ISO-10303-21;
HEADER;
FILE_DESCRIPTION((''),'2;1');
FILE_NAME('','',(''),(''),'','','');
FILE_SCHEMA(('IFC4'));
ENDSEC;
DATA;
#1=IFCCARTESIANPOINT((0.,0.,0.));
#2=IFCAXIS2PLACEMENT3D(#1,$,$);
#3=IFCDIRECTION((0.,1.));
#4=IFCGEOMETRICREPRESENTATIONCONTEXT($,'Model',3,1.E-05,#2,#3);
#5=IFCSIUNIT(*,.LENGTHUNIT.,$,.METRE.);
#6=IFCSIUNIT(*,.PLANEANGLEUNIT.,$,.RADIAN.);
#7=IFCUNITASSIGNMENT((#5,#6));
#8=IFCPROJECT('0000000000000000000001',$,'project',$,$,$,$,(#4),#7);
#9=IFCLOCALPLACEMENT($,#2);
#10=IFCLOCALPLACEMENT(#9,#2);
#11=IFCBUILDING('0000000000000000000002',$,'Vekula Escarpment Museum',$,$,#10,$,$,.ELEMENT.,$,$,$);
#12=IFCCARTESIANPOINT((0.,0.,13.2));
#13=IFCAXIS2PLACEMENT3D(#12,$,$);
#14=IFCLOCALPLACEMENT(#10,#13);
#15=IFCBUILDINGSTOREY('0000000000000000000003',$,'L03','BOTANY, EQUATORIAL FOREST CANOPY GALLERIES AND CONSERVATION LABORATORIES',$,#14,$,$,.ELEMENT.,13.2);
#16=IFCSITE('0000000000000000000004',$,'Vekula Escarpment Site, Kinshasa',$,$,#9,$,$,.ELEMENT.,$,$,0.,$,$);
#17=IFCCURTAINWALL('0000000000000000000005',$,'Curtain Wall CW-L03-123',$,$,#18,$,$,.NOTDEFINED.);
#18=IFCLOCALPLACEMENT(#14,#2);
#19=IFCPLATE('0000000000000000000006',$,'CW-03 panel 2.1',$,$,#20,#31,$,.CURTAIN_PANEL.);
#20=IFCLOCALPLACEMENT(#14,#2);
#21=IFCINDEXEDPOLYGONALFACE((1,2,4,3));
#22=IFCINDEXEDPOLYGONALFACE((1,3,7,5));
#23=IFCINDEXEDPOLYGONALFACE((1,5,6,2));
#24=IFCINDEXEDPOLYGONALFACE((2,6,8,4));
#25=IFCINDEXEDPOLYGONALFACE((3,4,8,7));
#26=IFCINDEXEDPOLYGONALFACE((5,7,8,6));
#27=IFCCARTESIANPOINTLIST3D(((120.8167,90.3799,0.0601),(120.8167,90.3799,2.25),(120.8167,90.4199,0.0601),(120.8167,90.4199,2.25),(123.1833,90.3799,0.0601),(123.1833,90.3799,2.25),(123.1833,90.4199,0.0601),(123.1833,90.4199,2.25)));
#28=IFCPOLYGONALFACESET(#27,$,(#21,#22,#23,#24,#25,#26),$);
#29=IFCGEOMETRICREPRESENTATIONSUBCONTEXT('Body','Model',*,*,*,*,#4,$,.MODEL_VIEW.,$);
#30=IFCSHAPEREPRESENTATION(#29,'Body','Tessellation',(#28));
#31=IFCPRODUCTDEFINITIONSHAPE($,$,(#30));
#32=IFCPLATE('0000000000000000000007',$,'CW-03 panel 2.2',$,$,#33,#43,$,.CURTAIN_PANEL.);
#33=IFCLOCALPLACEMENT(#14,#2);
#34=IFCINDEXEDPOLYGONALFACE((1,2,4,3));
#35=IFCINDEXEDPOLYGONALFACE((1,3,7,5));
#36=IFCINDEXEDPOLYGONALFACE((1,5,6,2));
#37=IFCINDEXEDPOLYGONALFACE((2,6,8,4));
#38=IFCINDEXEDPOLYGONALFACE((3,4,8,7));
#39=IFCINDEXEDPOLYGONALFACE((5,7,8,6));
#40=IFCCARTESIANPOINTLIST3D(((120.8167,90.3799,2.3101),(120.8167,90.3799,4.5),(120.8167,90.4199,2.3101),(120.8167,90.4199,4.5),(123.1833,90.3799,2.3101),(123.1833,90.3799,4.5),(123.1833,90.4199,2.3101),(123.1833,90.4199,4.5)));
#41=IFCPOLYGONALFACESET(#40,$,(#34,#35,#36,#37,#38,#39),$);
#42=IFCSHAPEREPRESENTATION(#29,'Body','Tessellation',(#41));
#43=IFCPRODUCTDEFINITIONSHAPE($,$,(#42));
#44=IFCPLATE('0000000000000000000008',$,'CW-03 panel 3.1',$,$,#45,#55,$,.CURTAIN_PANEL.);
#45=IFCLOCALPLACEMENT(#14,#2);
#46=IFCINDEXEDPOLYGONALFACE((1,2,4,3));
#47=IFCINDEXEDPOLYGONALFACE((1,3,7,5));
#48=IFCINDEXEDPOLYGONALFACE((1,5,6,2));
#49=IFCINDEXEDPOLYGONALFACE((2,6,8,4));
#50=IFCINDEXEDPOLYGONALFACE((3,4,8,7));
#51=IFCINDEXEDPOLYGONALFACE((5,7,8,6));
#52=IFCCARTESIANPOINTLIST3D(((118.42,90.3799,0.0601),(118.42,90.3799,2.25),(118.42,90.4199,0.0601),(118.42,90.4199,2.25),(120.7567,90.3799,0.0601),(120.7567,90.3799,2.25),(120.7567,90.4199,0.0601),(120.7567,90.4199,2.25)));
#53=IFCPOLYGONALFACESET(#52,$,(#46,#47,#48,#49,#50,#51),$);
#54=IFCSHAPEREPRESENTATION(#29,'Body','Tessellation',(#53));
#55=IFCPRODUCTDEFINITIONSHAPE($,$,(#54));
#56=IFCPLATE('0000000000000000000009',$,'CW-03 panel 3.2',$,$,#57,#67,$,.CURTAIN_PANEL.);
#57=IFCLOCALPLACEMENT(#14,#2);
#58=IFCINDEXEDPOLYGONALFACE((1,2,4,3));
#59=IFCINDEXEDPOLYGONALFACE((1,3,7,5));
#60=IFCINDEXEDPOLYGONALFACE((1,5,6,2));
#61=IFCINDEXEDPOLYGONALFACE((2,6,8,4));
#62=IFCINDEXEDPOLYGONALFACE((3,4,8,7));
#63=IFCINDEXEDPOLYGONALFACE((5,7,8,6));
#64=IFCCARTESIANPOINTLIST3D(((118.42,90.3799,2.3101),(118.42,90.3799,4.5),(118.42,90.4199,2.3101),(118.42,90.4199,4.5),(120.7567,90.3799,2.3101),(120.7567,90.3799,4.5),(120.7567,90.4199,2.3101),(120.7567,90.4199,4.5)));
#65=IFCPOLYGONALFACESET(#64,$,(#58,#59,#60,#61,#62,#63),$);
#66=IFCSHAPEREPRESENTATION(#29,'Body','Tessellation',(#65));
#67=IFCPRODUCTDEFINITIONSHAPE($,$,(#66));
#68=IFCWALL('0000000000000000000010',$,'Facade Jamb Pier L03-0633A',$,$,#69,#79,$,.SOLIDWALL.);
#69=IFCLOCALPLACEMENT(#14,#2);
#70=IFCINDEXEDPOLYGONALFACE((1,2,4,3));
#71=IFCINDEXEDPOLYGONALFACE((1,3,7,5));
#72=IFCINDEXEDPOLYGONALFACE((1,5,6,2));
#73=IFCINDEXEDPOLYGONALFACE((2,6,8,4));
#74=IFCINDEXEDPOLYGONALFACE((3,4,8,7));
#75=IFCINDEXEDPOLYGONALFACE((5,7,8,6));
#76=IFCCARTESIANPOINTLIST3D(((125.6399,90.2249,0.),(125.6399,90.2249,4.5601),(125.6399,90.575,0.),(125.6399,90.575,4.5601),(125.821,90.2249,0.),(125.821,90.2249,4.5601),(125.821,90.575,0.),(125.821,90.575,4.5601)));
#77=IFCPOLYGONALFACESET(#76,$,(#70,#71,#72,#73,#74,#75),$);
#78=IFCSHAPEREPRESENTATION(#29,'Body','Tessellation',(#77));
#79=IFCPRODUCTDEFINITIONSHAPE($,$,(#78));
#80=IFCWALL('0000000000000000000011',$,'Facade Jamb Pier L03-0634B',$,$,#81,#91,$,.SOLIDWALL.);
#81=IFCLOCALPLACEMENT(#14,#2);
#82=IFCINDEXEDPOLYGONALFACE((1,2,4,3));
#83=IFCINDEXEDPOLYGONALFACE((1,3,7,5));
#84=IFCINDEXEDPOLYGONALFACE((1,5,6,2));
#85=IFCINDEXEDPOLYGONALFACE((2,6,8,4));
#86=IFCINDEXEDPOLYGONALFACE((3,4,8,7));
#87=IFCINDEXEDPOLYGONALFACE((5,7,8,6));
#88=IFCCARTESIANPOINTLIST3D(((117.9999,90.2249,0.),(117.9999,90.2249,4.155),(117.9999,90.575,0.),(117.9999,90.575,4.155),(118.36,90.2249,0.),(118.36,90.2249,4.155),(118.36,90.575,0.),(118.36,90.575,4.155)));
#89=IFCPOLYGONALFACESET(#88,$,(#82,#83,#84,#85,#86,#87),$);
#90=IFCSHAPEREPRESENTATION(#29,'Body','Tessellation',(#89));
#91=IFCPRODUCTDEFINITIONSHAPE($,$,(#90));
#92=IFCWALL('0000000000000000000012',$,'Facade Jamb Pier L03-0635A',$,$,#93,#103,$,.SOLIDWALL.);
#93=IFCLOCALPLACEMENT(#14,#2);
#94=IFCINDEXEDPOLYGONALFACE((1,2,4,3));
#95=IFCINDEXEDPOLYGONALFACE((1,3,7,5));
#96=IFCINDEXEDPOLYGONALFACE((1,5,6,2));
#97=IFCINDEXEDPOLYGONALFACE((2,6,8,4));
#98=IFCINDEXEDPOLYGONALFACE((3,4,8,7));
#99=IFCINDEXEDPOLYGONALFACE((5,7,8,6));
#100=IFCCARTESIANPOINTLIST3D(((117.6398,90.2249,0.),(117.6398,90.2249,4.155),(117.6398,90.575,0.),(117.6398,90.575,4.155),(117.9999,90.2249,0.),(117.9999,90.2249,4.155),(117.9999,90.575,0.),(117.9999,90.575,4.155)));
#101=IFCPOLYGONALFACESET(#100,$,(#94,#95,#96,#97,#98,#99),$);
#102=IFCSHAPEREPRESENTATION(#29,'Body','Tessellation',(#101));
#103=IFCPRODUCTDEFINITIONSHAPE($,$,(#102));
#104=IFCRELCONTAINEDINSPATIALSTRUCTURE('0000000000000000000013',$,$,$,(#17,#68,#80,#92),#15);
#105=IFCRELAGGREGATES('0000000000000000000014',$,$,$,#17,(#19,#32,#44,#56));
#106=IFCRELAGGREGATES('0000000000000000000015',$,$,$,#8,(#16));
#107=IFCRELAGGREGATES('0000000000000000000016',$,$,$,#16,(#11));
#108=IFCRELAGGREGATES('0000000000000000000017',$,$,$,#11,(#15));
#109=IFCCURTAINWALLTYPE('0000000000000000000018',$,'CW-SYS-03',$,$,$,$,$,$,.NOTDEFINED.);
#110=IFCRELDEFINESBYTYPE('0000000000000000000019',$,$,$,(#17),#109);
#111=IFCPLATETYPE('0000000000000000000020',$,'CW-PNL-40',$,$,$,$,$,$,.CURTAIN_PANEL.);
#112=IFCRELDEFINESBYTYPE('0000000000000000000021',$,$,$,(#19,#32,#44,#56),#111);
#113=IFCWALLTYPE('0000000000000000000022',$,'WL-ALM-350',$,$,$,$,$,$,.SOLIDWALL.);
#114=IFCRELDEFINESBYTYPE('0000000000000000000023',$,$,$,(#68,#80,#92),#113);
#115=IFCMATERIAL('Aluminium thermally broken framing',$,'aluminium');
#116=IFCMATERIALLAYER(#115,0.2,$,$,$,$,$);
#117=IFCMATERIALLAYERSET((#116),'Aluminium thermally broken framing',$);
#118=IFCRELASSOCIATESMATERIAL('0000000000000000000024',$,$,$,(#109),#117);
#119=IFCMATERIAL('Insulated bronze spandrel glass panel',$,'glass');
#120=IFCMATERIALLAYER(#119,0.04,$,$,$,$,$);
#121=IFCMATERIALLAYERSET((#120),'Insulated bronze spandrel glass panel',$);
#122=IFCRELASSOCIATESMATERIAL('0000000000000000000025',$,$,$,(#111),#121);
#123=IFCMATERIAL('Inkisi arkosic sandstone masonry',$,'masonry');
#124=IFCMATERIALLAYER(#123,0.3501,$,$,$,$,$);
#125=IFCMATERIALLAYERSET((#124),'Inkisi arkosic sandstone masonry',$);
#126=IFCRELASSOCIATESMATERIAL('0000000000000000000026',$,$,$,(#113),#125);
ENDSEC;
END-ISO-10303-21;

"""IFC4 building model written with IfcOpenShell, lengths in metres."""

from ifc_helpers import new_model, si_unit, direction, frame, frame_2d, origin, origin_2d, place, context, subcontext, project, spatial, rectangle, extrude, material, layer, layer_set, type_object, element, aggregate, save


model = new_model("IFC4")

# Units and contexts
model_context = context("Model", 3, precision=1e-05, world=origin(), true_north=direction((0.0, 1.0)))
body_context = subcontext(model_context, "Body", "Model", "MODEL_VIEW")
ifc_project = project(units=[si_unit("LENGTHUNIT", "METRE"), si_unit("PLANEANGLEUNIT", "RADIAN")], contexts=[model_context])

# Site, building, storey
site_placement = place(None, origin())
site = spatial("IfcSite", under=ifc_project, at=site_placement, Name="Vekula Escarpment Site, Kinshasa", CompositionType="ELEMENT", RefElevation=0.0)
building_placement = place(site_placement, origin())
building = spatial("IfcBuilding", under=site, at=building_placement, Name="Vekula Escarpment Museum", CompositionType="ELEMENT")
storey_placement = place(building_placement, frame((0.0, 0.0, 13.2)))
storey = spatial("IfcBuildingStorey", under=building, at=storey_placement, Name="L03", Description="BOTANY, EQUATORIAL FOREST CANOPY GALLERIES AND CONSERVATION LABORATORIES", CompositionType="ELEMENT", Elevation=13.2)

# Curtain wall
ifc_material_1 = material(Name="Aluminium thermally broken framing", Category="aluminium")
ifc_layer_1 = layer(ifc_material_1, 0.2)
ifc_layer_set_1 = layer_set([ifc_layer_1], Name="Aluminium thermally broken framing")
curtain_wall_type_1 = type_object("IfcCurtainWallType", Name="CW-SYS-03", PredefinedType="NOTDEFINED", material=ifc_layer_set_1)
curtain_wall_1_placement = place(storey_placement, origin())
curtain_wall_1 = element("IfcCurtainWall", 1, at=curtain_wall_1_placement, inside=storey, type_object=curtain_wall_type_1, Name="Curtain Wall CW-L03-123", PredefinedType="NOTDEFINED")

# Plates
ifc_material_2 = material(Name="Insulated bronze spandrel glass panel", Category="glass")
ifc_layer_2 = layer(ifc_material_2, 0.04)
ifc_layer_set_2 = layer_set([ifc_layer_2], Name="Insulated bronze spandrel glass panel")
plate_type_1 = type_object("IfcPlateType", Name="CW-PNL-40", PredefinedType="CURTAIN_PANEL", material=ifc_layer_set_2)
plate_1_placement = place(storey_placement, frame((122.0, 90.3999, 0.0601), z_axis=(0.0, 0.0, 1.0), x_axis=(-1.0, 0.0, 0.0)))
plate_1 = element("IfcPlate", 2, at=plate_1_placement, type_object=plate_type_1, Name="CW-03 panel 2.1", PredefinedType="CURTAIN_PANEL", context=body_context, shape_type="SweptSolid", body=[
    extrude(rectangle(XDim=2.3667, YDim=0.04, at=origin_2d()), origin(), (0.0, 0.0, 1.0), 2.1899),
])
plate_2_placement = place(storey_placement, frame((122.0, 90.3999, 2.3101), z_axis=(0.0, 0.0, 1.0), x_axis=(-1.0, 0.0, 0.0)))
plate_2 = element("IfcPlate", 3, at=plate_2_placement, type_object=plate_type_1, Name="CW-03 panel 2.2", PredefinedType="CURTAIN_PANEL", context=body_context, shape_type="SweptSolid", body=[
    extrude(rectangle(XDim=2.3667, YDim=0.04, at=origin_2d()), origin(), (0.0, 0.0, 1.0), 2.1899),
])
plate_3_placement = place(storey_placement, frame((119.5884, 90.3999, 0.0601), z_axis=(0.0, 0.0, 1.0), x_axis=(-1.0, 0.0, 0.0)))
plate_3 = element("IfcPlate", 4, at=plate_3_placement, type_object=plate_type_1, Name="CW-03 panel 3.1", PredefinedType="CURTAIN_PANEL", context=body_context, shape_type="SweptSolid", body=[
    extrude(rectangle(XDim=2.3367, YDim=0.04, at=origin_2d()), origin(), (0.0, 0.0, 1.0), 2.1899),
])
plate_4_placement = place(storey_placement, frame((119.5884, 90.3999, 2.3101), z_axis=(0.0, 0.0, 1.0), x_axis=(-1.0, 0.0, 0.0)))
plate_4 = element("IfcPlate", 5, at=plate_4_placement, type_object=plate_type_1, Name="CW-03 panel 3.2", PredefinedType="CURTAIN_PANEL", context=body_context, shape_type="SweptSolid", body=[
    extrude(rectangle(XDim=2.3367, YDim=0.04, at=origin_2d()), origin(), (0.0, 0.0, 1.0), 2.1899),
])
aggregate(curtain_wall_1, [plate_1, plate_2, plate_3, plate_4])

# Walls
ifc_material_3 = material(Name="Inkisi arkosic sandstone masonry", Category="masonry")
ifc_layer_3 = layer(ifc_material_3, 0.3501)
ifc_layer_set_3 = layer_set([ifc_layer_3], Name="Inkisi arkosic sandstone masonry")
wall_type = type_object("IfcWallType", Name="WL-ALM-350", PredefinedType="SOLIDWALL", material=ifc_layer_set_3)
wall_placement = place(storey_placement, frame((125.821, 90.3999, 0.0), z_axis=(0.0, 0.0, 1.0), x_axis=(-1.0, 0.0, 0.0)))
element("IfcWall", 6, at=wall_placement, inside=storey, type_object=wall_type, Name="Facade Jamb Pier L03-0633A", PredefinedType="SOLIDWALL", context=body_context, shape_type="SweptSolid", body=[
    extrude(rectangle(XDim=0.1812, YDim=0.3501, at=frame_2d((0.0906, 0.0))), origin(), (0.0, 0.0, 1.0), 4.5601),
])
for number, where, z_axis, x_axis, name in (
    (7, (118.3601, 90.3999, 0.0), (0.0, 0.0, 1.0), (-1.0, 0.0, 0.0), "Facade Jamb Pier L03-0634B"),
    (8, (118.0, 90.3999, 0.0), (0.0, 0.0, 1.0), (-1.0, 0.0, 0.0), "Facade Jamb Pier L03-0635A"),
):
    element("IfcWall", number, at=place(storey_placement, frame(where, z_axis=z_axis, x_axis=x_axis)), inside=storey, type_object=wall_type, Name=name, PredefinedType="SOLIDWALL", context=body_context, shape_type="SweptSolid", body=[
        extrude(rectangle(XDim=0.3601, YDim=0.3501, at=frame_2d((0.1802, 0.0))), origin(), (0.0, 0.0, 1.0), 4.155),
    ])

save(model, "model.ifc")
